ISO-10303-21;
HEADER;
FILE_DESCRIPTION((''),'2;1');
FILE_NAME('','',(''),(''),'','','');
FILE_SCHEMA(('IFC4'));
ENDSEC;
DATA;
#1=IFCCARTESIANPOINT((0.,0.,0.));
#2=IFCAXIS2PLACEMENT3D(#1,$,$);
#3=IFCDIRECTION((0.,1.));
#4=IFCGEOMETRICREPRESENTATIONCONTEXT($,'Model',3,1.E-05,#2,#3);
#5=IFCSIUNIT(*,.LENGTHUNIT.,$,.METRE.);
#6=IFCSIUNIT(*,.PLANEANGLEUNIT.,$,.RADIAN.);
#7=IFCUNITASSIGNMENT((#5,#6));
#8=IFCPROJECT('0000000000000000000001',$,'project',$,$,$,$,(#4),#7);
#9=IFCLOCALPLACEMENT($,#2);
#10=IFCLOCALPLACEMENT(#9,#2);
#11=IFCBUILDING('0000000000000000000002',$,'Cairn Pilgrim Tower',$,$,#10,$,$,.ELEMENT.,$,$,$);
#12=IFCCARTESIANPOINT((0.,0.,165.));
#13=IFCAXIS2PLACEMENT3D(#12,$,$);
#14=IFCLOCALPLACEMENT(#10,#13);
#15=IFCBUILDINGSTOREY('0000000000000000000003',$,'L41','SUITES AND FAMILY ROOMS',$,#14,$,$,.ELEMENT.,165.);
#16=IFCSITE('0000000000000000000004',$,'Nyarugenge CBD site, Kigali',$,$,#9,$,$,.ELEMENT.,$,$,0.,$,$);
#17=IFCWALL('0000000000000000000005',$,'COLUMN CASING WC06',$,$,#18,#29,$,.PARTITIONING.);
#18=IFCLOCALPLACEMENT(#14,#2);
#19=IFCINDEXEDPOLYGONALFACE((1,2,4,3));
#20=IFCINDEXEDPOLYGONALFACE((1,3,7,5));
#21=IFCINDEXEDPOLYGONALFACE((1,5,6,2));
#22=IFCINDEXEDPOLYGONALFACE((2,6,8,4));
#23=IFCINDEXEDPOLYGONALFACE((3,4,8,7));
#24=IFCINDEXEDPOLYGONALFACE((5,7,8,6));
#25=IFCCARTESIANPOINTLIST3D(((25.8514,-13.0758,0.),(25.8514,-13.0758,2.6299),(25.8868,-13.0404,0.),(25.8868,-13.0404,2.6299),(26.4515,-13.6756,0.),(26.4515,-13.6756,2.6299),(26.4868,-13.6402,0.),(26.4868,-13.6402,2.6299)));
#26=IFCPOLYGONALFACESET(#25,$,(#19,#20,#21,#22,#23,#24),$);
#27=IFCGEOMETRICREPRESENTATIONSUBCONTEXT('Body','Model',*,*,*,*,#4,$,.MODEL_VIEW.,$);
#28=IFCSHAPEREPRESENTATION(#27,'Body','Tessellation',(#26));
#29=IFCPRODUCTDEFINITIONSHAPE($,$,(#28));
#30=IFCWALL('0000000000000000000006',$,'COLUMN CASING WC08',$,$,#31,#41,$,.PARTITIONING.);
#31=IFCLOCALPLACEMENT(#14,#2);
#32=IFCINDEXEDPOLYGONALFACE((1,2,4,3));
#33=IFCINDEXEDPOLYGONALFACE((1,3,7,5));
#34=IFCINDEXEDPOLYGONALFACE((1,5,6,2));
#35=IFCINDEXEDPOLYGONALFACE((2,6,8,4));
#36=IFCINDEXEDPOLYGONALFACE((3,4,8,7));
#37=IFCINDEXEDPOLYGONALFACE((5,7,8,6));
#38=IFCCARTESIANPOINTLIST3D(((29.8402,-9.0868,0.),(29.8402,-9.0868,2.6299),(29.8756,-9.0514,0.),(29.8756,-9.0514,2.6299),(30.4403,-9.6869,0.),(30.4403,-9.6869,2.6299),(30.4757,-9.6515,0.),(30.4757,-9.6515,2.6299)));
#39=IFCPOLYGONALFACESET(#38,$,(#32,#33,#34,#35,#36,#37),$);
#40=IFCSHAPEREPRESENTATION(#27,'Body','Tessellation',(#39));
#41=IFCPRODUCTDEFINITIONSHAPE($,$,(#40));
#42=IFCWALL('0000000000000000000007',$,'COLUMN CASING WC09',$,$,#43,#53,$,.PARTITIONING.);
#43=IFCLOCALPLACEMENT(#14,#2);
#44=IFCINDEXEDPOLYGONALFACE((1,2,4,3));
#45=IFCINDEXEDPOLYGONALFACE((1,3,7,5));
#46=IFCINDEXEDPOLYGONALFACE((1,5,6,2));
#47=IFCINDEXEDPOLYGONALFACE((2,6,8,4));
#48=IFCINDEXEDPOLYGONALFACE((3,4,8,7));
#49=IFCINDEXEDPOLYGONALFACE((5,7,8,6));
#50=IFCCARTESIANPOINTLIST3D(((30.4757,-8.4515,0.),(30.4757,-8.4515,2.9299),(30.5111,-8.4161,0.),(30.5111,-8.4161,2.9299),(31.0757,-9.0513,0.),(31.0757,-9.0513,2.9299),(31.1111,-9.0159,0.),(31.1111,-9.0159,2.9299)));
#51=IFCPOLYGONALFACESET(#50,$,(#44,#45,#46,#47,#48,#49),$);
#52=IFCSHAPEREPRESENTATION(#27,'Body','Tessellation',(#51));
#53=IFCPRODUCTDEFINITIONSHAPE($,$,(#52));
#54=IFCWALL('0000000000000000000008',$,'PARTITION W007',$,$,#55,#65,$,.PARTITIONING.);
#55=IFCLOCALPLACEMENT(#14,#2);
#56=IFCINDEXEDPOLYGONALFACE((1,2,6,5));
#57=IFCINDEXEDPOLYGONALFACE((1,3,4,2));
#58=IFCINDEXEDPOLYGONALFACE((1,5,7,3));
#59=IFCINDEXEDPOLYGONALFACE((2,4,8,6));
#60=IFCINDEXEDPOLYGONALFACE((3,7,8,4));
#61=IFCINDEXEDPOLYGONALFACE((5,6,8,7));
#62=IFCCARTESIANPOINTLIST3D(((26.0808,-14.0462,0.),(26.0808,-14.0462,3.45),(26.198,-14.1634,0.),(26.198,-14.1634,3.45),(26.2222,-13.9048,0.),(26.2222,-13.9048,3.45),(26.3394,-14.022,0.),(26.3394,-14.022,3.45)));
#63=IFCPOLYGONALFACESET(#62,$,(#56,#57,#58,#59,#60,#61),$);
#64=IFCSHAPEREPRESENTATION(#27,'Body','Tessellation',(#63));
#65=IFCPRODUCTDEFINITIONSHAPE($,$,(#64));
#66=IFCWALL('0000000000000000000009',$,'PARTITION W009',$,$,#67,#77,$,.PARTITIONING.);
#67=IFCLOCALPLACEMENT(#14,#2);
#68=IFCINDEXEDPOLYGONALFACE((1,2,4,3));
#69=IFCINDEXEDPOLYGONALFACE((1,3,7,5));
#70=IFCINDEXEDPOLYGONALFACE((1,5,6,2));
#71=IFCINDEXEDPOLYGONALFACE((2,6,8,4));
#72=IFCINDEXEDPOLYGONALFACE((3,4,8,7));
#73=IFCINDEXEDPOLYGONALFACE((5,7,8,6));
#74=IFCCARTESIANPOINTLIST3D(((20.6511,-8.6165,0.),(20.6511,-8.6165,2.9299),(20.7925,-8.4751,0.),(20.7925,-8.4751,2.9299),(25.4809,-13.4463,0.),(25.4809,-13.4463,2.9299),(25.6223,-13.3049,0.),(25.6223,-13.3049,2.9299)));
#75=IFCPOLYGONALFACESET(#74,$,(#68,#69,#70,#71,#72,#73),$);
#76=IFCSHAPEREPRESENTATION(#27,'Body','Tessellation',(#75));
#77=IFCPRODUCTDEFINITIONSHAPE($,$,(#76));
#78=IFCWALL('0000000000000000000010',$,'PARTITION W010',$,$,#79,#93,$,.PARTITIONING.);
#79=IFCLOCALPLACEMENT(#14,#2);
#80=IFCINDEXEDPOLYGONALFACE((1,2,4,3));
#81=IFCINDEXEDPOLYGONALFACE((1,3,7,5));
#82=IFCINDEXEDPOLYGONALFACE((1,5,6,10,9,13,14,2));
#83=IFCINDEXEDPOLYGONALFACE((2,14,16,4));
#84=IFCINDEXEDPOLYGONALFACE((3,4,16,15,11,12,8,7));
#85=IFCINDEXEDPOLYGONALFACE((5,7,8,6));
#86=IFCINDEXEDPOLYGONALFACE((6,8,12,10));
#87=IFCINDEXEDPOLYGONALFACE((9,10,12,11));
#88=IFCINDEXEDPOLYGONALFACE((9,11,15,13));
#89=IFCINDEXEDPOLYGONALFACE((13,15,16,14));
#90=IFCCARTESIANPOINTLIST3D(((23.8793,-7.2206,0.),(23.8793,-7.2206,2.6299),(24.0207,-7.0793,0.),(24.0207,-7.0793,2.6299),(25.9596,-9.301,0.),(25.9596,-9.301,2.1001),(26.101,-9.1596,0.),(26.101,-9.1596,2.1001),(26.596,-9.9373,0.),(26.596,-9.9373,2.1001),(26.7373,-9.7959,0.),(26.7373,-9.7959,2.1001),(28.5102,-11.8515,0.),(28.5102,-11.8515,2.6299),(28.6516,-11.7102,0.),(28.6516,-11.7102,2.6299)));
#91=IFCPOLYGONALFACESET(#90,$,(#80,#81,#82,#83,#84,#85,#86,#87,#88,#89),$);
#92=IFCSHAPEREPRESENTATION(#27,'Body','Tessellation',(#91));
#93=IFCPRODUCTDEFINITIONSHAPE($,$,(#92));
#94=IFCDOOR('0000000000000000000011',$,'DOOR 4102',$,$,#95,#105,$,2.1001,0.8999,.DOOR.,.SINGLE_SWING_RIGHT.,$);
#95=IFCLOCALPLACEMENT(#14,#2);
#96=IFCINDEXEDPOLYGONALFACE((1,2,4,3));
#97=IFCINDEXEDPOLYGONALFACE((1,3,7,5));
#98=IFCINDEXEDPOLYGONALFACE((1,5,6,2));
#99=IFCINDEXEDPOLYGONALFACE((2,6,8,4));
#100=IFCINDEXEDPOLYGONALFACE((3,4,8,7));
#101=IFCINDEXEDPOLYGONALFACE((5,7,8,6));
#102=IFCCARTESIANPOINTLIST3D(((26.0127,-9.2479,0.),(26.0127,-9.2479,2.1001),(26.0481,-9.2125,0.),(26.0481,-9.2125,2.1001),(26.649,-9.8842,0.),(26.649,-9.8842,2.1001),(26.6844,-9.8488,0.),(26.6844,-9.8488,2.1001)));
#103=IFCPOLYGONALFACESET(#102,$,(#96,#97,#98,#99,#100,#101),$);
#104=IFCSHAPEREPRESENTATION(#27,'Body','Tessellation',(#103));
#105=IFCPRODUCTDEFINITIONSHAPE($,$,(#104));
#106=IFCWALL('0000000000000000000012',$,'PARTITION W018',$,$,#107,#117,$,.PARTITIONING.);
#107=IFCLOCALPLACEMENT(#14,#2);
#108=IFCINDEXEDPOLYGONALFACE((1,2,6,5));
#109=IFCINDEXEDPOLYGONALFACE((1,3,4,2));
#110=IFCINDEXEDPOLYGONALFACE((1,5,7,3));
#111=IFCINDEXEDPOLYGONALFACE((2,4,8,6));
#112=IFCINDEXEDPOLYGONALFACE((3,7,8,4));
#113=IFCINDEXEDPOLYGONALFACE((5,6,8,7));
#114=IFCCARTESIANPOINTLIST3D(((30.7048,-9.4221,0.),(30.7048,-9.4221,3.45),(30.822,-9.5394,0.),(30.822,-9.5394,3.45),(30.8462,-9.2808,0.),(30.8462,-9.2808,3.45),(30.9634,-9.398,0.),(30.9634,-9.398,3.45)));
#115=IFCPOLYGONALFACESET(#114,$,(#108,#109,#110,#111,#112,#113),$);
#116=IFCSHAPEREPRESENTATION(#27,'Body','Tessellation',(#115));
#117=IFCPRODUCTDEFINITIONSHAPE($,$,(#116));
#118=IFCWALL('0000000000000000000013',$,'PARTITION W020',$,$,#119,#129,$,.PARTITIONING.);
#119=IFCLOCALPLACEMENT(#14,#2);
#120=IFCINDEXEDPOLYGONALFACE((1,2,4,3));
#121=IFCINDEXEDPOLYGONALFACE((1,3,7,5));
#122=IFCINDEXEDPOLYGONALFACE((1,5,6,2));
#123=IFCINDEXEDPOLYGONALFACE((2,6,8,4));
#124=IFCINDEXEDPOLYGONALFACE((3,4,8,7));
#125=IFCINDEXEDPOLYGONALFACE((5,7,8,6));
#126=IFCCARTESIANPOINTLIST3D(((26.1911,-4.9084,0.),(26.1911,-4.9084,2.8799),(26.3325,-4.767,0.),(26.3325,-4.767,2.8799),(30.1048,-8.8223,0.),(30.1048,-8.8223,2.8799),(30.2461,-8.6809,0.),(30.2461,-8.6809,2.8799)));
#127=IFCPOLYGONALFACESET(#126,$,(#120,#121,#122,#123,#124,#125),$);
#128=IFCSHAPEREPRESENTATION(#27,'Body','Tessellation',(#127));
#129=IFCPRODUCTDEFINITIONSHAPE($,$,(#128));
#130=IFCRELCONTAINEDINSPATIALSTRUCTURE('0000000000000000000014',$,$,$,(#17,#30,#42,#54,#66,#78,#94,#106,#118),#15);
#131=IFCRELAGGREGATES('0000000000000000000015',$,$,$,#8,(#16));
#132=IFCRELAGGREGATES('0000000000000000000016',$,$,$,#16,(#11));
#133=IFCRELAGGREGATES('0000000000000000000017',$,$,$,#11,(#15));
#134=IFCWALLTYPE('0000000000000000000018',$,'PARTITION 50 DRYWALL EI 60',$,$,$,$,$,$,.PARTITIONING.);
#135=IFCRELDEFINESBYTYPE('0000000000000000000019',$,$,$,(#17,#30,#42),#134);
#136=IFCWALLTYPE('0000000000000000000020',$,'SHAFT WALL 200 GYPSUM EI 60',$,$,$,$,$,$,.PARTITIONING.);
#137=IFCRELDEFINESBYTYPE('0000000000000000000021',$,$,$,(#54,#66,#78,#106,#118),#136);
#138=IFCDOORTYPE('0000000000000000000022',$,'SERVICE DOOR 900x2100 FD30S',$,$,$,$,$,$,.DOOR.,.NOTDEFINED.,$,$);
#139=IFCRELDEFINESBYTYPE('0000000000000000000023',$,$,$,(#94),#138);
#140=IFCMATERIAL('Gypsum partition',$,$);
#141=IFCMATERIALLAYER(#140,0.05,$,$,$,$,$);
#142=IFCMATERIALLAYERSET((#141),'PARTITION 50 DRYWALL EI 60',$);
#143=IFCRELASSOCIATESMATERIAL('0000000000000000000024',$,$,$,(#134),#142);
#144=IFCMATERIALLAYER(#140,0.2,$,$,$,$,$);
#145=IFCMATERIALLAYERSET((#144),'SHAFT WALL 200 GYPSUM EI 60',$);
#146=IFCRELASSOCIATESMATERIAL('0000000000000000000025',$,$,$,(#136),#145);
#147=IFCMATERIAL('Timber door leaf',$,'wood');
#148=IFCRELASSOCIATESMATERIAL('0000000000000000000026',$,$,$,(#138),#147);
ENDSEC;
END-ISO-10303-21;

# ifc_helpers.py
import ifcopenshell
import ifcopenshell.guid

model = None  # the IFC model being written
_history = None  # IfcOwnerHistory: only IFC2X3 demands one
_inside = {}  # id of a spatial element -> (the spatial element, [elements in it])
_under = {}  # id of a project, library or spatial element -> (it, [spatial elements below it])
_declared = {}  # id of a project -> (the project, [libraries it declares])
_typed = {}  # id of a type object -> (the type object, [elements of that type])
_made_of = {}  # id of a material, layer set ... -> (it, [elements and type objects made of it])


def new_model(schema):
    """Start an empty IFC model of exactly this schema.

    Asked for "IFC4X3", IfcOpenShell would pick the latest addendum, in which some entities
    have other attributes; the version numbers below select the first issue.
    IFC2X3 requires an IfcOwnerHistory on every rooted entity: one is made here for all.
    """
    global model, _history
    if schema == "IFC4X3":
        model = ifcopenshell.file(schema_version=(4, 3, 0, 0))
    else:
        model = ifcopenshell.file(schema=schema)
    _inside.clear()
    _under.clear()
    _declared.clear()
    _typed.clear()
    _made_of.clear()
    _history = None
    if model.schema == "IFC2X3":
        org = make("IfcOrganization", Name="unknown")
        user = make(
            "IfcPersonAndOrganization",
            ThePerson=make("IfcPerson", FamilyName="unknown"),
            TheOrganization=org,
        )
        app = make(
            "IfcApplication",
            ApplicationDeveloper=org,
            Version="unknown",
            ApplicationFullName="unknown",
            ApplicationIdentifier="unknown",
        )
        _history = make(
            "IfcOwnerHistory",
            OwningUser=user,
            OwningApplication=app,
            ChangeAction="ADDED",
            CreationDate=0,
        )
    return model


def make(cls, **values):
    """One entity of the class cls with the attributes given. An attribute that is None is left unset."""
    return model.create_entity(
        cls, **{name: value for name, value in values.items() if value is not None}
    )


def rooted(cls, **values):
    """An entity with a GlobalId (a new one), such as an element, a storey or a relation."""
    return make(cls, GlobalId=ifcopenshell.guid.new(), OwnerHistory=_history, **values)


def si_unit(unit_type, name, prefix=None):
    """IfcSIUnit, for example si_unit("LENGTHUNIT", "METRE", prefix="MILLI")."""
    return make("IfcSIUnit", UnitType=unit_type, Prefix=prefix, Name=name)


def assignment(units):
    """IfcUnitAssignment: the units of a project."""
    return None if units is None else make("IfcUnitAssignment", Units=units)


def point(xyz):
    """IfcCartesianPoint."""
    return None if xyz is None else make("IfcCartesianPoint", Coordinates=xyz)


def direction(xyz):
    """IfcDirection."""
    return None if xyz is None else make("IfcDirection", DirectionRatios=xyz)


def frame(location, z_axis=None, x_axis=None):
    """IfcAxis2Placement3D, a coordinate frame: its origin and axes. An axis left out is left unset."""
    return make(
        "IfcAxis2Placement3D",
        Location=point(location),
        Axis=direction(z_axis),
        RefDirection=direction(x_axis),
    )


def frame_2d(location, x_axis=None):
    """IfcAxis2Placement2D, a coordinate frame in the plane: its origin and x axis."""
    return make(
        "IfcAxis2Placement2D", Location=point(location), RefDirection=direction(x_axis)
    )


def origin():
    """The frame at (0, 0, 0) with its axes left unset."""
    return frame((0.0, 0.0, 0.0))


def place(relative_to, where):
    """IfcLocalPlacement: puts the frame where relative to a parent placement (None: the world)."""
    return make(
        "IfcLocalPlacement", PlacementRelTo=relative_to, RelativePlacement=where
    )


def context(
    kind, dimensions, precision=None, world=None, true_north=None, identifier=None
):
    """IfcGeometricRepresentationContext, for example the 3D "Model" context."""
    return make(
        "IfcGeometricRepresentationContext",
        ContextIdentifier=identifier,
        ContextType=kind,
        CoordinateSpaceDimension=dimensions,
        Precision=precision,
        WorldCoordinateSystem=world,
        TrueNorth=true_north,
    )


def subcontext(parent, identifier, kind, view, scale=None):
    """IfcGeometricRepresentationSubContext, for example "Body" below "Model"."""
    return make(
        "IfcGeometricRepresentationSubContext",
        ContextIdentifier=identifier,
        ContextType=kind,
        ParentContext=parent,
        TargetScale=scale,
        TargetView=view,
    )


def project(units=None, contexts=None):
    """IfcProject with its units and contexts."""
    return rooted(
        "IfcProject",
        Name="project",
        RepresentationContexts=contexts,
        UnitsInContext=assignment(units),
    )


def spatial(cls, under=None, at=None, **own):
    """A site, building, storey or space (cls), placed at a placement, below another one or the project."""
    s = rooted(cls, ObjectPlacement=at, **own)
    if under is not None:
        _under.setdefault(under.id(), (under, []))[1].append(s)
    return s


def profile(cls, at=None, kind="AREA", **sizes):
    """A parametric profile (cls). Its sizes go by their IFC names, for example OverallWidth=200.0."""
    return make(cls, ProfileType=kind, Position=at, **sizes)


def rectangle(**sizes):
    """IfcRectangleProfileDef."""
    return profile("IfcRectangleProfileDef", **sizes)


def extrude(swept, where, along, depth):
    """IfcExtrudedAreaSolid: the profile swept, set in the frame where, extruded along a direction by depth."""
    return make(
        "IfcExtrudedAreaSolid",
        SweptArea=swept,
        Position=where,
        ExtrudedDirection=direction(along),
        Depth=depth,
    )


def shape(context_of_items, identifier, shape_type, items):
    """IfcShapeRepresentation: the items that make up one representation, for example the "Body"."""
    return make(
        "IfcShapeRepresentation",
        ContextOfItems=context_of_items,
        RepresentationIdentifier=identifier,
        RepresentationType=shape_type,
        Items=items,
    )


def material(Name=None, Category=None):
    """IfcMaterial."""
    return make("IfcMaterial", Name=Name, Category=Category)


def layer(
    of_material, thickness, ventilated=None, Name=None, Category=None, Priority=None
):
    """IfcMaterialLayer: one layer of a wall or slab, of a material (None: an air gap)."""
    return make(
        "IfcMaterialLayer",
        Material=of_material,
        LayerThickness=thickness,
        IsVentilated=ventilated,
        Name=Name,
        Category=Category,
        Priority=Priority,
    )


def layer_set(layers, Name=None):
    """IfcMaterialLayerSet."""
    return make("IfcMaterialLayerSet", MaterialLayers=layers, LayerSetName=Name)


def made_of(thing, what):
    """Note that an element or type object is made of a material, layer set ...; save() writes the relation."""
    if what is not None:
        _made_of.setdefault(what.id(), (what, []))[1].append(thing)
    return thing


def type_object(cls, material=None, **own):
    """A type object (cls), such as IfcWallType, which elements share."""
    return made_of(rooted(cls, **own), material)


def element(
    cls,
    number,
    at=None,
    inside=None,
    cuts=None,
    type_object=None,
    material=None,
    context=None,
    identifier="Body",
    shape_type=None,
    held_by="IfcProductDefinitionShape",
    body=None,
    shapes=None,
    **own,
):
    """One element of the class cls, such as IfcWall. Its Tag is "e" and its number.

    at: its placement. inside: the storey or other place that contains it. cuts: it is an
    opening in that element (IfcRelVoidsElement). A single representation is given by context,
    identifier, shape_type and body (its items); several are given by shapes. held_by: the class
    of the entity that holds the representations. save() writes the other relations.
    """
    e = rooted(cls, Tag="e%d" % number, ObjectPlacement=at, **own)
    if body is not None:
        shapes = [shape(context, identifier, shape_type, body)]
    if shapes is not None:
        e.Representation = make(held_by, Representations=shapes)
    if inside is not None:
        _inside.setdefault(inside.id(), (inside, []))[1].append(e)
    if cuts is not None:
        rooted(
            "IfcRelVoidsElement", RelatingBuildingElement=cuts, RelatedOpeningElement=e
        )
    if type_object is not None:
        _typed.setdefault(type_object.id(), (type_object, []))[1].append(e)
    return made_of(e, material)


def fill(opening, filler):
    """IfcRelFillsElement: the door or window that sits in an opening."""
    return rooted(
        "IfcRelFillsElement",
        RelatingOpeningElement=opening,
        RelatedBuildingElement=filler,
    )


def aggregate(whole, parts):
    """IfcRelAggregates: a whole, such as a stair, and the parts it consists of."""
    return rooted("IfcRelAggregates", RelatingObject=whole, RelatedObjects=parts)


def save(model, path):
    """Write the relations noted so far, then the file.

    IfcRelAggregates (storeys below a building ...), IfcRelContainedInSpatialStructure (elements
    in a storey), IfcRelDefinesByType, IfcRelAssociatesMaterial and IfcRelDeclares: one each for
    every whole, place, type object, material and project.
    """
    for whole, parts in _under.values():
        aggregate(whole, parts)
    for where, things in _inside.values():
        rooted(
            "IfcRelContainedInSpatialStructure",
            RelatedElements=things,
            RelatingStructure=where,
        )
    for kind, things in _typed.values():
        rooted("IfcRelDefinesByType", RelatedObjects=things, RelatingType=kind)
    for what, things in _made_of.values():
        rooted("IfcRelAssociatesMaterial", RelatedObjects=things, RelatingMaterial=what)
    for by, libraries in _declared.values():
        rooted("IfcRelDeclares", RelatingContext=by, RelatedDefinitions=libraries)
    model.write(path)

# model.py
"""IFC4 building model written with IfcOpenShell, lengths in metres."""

from ifc_helpers import new_model, si_unit, direction, frame, frame_2d, origin, place, context, subcontext, project, spatial, rectangle, extrude, material, layer, layer_set, type_object, element, fill, save


model = new_model("IFC4")

# Units and contexts
model_context = context("Model", 3, precision=1e-05, world=origin(), true_north=direction((0.0, 1.0)))
body_context = subcontext(model_context, "Body", "Model", "MODEL_VIEW")
ifc_project = project(units=[si_unit("LENGTHUNIT", "METRE"), si_unit("PLANEANGLEUNIT", "RADIAN")], contexts=[model_context])

# Site, building, storey
site_placement = place(None, origin())
site = spatial("IfcSite", under=ifc_project, at=site_placement, Name="Nyarugenge CBD site, Kigali", CompositionType="ELEMENT", RefElevation=0.0)
building_placement = place(site_placement, origin())
building = spatial("IfcBuilding", under=site, at=building_placement, Name="Cairn Pilgrim Tower", CompositionType="ELEMENT")
storey_placement = place(building_placement, frame((0.0, 0.0, 165.0)))
storey = spatial("IfcBuildingStorey", under=building, at=storey_placement, Name="L41", Description="SUITES AND FAMILY ROOMS", CompositionType="ELEMENT", Elevation=165.0)

# Walls
ifc_material_1 = material(Name="Gypsum partition")
ifc_layer_1 = layer(ifc_material_1, 0.05)
ifc_layer_set_1 = layer_set([ifc_layer_1], Name="PARTITION 50 DRYWALL EI 60")
wall_type_1 = type_object("IfcWallType", Name="PARTITION 50 DRYWALL EI 60", PredefinedType="PARTITIONING", material=ifc_layer_set_1)
wall_1_placement = place(storey_placement, frame((26.4692, -13.658, 0.0), z_axis=(0.0, 0.0, 1.0), x_axis=(-0.707251, 0.706963, 0.0)))
element("IfcWall", 1, at=wall_1_placement, inside=storey, type_object=wall_type_1, Name="COLUMN CASING WC06", PredefinedType="PARTITIONING", context=body_context, shape_type="SweptSolid", body=[
    extrude(rectangle(XDim=0.8484, YDim=0.05, at=frame_2d((0.4243, 0.0))), origin(), (0.0, 0.0, 1.0), 2.6299),
])
wall_2_placement = place(storey_placement, frame((30.458, -9.6692, 0.0), z_axis=(0.0, 0.0, 1.0), x_axis=(-0.707107, 0.707107, 0.0)))
element("IfcWall", 2, at=wall_2_placement, inside=storey, type_object=wall_type_1, Name="COLUMN CASING WC08", PredefinedType="PARTITIONING", context=body_context, shape_type="SweptSolid", body=[
    extrude(rectangle(XDim=0.8486, YDim=0.05, at=frame_2d((0.4243, 0.0))), origin(), (0.0, 0.0, 1.0), 2.6299),
])
wall_3_placement = place(storey_placement, frame((31.0935, -9.0337, 0.0), z_axis=(0.0, 0.0, 1.0), x_axis=(-0.707251, 0.706963, 0.0)))
element("IfcWall", 3, at=wall_3_placement, inside=storey, type_object=wall_type_1, Name="COLUMN CASING WC09", PredefinedType="PARTITIONING", context=body_context, shape_type="SweptSolid", body=[
    extrude(rectangle(XDim=0.8484, YDim=0.05, at=frame_2d((0.4243, 0.0))), origin(), (0.0, 0.0, 1.0), 2.9299),
])
ifc_layer_2 = layer(ifc_material_1, 0.2)
ifc_layer_set_2 = layer_set([ifc_layer_2], Name="SHAFT WALL 200 GYPSUM EI 60")
wall_type_2 = type_object("IfcWallType", Name="SHAFT WALL 200 GYPSUM EI 60", PredefinedType="PARTITIONING", material=ifc_layer_set_2)
wall_4_placement = place(storey_placement, frame((26.2688, -14.0928, 0.0), z_axis=(0.0, 0.0, 1.0), x_axis=(-0.707107, 0.707107, 0.0)))
element("IfcWall", 4, at=wall_4_placement, inside=storey, type_object=wall_type_2, Name="PARTITION W007", PredefinedType="PARTITIONING", context=body_context, shape_type="SweptSolid", body=[
    extrude(rectangle(XDim=0.1658, YDim=0.2, at=frame_2d((0.083, 0.0))), origin(), (0.0, 0.0, 1.0), 3.45),
])
wall_5_placement = place(storey_placement, frame((25.5515, -13.3755, 0.0), z_axis=(0.0, 0.0, 1.0), x_axis=(-0.707107, 0.707107, 0.0)))
element("IfcWall", 5, at=wall_5_placement, inside=storey, type_object=wall_type_2, Name="PARTITION W009", PredefinedType="PARTITIONING", context=body_context, shape_type="SweptSolid", body=[
    extrude(rectangle(XDim=6.8303, YDim=0.2, at=frame_2d((3.415, 0.0))), origin(), (0.0, 0.0, 1.0), 2.9299),
])

# Wall, opening, door
wall_6_placement = place(storey_placement, frame((28.5808, -11.7808, 0.0), z_axis=(0.0, 0.0, 1.0), x_axis=(-0.707107, 0.707107, 0.0)))
wall_6 = element("IfcWall", 6, at=wall_6_placement, inside=storey, type_object=wall_type_2, Name="PARTITION W010", PredefinedType="PARTITIONING", context=body_context, shape_type="SweptSolid", body=[
    extrude(rectangle(XDim=6.5491, YDim=0.2, at=frame_2d((3.2744, 0.0))), origin(), (0.0, 0.0, 1.0), 2.6299),
])
opening_1_placement = place(wall_6_placement, frame((2.707, 0.0, 0.0)))
opening_1 = element("IfcOpeningElement", 7, at=opening_1_placement, cuts=wall_6, PredefinedType="OPENING", context=body_context, shape_type="SweptSolid", body=[
    extrude(rectangle(XDim=0.8999, YDim=2.1001, at=frame_2d((0.45, 1.05))), frame((0.0, 0.1099, 0.0), z_axis=(0.0, -1.0, 0.0), x_axis=(1.0, 0.0, 0.0)), (0.0, 0.0, 1.0), 0.22),
])
ifc_material_2 = material(Name="Timber door leaf", Category="wood")
door_type_1 = type_object("IfcDoorType", Name="SERVICE DOOR 900x2100 FD30S", OperationType="NOTDEFINED", PredefinedType="DOOR", material=ifc_material_2)
door_1_placement = place(opening_1_placement, origin())
door_1 = element("IfcDoor", 8, at=door_1_placement, inside=storey, type_object=door_type_1, Name="DOOR 4102", OperationType="SINGLE_SWING_RIGHT", OverallHeight=2.1001, OverallWidth=0.8999, PredefinedType="DOOR", context=body_context, shape_type="SweptSolid", body=[
    extrude(rectangle(XDim=0.8999, YDim=2.1001, at=frame_2d((0.45, 1.05))), frame((0.0, 0.0249, 0.0), z_axis=(0.0, -1.0, 0.0), x_axis=(1.0, 0.0, 0.0)), (0.0, 0.0, 1.0), 0.05),
])
fill(opening_1, door_1)

# Walls
wall_7_placement = place(storey_placement, frame((30.8928, -9.4688, 0.0), z_axis=(0.0, 0.0, 1.0), x_axis=(-0.707107, 0.707107, 0.0)))
element("IfcWall", 9, at=wall_7_placement, inside=storey, type_object=wall_type_2, Name="PARTITION W018", PredefinedType="PARTITIONING", context=body_context, shape_type="SweptSolid", body=[
    extrude(rectangle(XDim=0.1658, YDim=0.2, at=frame_2d((0.083, 0.0))), origin(), (0.0, 0.0, 1.0), 3.45),
])
wall_8_placement = place(storey_placement, frame((30.1755, -8.7517, 0.0), z_axis=(0.0, 0.0, 1.0), x_axis=(-0.707085, 0.707129, 0.0)))
element("IfcWall", 10, at=wall_8_placement, inside=storey, type_object=wall_type_2, Name="PARTITION W020", PredefinedType="PARTITIONING", context=body_context, shape_type="SweptSolid", body=[
    extrude(rectangle(XDim=5.5349, YDim=0.2, at=frame_2d((2.7676, 0.0))), origin(), (0.0, 0.0, 1.0), 2.8799),
])

save(model, "model.ifc")
